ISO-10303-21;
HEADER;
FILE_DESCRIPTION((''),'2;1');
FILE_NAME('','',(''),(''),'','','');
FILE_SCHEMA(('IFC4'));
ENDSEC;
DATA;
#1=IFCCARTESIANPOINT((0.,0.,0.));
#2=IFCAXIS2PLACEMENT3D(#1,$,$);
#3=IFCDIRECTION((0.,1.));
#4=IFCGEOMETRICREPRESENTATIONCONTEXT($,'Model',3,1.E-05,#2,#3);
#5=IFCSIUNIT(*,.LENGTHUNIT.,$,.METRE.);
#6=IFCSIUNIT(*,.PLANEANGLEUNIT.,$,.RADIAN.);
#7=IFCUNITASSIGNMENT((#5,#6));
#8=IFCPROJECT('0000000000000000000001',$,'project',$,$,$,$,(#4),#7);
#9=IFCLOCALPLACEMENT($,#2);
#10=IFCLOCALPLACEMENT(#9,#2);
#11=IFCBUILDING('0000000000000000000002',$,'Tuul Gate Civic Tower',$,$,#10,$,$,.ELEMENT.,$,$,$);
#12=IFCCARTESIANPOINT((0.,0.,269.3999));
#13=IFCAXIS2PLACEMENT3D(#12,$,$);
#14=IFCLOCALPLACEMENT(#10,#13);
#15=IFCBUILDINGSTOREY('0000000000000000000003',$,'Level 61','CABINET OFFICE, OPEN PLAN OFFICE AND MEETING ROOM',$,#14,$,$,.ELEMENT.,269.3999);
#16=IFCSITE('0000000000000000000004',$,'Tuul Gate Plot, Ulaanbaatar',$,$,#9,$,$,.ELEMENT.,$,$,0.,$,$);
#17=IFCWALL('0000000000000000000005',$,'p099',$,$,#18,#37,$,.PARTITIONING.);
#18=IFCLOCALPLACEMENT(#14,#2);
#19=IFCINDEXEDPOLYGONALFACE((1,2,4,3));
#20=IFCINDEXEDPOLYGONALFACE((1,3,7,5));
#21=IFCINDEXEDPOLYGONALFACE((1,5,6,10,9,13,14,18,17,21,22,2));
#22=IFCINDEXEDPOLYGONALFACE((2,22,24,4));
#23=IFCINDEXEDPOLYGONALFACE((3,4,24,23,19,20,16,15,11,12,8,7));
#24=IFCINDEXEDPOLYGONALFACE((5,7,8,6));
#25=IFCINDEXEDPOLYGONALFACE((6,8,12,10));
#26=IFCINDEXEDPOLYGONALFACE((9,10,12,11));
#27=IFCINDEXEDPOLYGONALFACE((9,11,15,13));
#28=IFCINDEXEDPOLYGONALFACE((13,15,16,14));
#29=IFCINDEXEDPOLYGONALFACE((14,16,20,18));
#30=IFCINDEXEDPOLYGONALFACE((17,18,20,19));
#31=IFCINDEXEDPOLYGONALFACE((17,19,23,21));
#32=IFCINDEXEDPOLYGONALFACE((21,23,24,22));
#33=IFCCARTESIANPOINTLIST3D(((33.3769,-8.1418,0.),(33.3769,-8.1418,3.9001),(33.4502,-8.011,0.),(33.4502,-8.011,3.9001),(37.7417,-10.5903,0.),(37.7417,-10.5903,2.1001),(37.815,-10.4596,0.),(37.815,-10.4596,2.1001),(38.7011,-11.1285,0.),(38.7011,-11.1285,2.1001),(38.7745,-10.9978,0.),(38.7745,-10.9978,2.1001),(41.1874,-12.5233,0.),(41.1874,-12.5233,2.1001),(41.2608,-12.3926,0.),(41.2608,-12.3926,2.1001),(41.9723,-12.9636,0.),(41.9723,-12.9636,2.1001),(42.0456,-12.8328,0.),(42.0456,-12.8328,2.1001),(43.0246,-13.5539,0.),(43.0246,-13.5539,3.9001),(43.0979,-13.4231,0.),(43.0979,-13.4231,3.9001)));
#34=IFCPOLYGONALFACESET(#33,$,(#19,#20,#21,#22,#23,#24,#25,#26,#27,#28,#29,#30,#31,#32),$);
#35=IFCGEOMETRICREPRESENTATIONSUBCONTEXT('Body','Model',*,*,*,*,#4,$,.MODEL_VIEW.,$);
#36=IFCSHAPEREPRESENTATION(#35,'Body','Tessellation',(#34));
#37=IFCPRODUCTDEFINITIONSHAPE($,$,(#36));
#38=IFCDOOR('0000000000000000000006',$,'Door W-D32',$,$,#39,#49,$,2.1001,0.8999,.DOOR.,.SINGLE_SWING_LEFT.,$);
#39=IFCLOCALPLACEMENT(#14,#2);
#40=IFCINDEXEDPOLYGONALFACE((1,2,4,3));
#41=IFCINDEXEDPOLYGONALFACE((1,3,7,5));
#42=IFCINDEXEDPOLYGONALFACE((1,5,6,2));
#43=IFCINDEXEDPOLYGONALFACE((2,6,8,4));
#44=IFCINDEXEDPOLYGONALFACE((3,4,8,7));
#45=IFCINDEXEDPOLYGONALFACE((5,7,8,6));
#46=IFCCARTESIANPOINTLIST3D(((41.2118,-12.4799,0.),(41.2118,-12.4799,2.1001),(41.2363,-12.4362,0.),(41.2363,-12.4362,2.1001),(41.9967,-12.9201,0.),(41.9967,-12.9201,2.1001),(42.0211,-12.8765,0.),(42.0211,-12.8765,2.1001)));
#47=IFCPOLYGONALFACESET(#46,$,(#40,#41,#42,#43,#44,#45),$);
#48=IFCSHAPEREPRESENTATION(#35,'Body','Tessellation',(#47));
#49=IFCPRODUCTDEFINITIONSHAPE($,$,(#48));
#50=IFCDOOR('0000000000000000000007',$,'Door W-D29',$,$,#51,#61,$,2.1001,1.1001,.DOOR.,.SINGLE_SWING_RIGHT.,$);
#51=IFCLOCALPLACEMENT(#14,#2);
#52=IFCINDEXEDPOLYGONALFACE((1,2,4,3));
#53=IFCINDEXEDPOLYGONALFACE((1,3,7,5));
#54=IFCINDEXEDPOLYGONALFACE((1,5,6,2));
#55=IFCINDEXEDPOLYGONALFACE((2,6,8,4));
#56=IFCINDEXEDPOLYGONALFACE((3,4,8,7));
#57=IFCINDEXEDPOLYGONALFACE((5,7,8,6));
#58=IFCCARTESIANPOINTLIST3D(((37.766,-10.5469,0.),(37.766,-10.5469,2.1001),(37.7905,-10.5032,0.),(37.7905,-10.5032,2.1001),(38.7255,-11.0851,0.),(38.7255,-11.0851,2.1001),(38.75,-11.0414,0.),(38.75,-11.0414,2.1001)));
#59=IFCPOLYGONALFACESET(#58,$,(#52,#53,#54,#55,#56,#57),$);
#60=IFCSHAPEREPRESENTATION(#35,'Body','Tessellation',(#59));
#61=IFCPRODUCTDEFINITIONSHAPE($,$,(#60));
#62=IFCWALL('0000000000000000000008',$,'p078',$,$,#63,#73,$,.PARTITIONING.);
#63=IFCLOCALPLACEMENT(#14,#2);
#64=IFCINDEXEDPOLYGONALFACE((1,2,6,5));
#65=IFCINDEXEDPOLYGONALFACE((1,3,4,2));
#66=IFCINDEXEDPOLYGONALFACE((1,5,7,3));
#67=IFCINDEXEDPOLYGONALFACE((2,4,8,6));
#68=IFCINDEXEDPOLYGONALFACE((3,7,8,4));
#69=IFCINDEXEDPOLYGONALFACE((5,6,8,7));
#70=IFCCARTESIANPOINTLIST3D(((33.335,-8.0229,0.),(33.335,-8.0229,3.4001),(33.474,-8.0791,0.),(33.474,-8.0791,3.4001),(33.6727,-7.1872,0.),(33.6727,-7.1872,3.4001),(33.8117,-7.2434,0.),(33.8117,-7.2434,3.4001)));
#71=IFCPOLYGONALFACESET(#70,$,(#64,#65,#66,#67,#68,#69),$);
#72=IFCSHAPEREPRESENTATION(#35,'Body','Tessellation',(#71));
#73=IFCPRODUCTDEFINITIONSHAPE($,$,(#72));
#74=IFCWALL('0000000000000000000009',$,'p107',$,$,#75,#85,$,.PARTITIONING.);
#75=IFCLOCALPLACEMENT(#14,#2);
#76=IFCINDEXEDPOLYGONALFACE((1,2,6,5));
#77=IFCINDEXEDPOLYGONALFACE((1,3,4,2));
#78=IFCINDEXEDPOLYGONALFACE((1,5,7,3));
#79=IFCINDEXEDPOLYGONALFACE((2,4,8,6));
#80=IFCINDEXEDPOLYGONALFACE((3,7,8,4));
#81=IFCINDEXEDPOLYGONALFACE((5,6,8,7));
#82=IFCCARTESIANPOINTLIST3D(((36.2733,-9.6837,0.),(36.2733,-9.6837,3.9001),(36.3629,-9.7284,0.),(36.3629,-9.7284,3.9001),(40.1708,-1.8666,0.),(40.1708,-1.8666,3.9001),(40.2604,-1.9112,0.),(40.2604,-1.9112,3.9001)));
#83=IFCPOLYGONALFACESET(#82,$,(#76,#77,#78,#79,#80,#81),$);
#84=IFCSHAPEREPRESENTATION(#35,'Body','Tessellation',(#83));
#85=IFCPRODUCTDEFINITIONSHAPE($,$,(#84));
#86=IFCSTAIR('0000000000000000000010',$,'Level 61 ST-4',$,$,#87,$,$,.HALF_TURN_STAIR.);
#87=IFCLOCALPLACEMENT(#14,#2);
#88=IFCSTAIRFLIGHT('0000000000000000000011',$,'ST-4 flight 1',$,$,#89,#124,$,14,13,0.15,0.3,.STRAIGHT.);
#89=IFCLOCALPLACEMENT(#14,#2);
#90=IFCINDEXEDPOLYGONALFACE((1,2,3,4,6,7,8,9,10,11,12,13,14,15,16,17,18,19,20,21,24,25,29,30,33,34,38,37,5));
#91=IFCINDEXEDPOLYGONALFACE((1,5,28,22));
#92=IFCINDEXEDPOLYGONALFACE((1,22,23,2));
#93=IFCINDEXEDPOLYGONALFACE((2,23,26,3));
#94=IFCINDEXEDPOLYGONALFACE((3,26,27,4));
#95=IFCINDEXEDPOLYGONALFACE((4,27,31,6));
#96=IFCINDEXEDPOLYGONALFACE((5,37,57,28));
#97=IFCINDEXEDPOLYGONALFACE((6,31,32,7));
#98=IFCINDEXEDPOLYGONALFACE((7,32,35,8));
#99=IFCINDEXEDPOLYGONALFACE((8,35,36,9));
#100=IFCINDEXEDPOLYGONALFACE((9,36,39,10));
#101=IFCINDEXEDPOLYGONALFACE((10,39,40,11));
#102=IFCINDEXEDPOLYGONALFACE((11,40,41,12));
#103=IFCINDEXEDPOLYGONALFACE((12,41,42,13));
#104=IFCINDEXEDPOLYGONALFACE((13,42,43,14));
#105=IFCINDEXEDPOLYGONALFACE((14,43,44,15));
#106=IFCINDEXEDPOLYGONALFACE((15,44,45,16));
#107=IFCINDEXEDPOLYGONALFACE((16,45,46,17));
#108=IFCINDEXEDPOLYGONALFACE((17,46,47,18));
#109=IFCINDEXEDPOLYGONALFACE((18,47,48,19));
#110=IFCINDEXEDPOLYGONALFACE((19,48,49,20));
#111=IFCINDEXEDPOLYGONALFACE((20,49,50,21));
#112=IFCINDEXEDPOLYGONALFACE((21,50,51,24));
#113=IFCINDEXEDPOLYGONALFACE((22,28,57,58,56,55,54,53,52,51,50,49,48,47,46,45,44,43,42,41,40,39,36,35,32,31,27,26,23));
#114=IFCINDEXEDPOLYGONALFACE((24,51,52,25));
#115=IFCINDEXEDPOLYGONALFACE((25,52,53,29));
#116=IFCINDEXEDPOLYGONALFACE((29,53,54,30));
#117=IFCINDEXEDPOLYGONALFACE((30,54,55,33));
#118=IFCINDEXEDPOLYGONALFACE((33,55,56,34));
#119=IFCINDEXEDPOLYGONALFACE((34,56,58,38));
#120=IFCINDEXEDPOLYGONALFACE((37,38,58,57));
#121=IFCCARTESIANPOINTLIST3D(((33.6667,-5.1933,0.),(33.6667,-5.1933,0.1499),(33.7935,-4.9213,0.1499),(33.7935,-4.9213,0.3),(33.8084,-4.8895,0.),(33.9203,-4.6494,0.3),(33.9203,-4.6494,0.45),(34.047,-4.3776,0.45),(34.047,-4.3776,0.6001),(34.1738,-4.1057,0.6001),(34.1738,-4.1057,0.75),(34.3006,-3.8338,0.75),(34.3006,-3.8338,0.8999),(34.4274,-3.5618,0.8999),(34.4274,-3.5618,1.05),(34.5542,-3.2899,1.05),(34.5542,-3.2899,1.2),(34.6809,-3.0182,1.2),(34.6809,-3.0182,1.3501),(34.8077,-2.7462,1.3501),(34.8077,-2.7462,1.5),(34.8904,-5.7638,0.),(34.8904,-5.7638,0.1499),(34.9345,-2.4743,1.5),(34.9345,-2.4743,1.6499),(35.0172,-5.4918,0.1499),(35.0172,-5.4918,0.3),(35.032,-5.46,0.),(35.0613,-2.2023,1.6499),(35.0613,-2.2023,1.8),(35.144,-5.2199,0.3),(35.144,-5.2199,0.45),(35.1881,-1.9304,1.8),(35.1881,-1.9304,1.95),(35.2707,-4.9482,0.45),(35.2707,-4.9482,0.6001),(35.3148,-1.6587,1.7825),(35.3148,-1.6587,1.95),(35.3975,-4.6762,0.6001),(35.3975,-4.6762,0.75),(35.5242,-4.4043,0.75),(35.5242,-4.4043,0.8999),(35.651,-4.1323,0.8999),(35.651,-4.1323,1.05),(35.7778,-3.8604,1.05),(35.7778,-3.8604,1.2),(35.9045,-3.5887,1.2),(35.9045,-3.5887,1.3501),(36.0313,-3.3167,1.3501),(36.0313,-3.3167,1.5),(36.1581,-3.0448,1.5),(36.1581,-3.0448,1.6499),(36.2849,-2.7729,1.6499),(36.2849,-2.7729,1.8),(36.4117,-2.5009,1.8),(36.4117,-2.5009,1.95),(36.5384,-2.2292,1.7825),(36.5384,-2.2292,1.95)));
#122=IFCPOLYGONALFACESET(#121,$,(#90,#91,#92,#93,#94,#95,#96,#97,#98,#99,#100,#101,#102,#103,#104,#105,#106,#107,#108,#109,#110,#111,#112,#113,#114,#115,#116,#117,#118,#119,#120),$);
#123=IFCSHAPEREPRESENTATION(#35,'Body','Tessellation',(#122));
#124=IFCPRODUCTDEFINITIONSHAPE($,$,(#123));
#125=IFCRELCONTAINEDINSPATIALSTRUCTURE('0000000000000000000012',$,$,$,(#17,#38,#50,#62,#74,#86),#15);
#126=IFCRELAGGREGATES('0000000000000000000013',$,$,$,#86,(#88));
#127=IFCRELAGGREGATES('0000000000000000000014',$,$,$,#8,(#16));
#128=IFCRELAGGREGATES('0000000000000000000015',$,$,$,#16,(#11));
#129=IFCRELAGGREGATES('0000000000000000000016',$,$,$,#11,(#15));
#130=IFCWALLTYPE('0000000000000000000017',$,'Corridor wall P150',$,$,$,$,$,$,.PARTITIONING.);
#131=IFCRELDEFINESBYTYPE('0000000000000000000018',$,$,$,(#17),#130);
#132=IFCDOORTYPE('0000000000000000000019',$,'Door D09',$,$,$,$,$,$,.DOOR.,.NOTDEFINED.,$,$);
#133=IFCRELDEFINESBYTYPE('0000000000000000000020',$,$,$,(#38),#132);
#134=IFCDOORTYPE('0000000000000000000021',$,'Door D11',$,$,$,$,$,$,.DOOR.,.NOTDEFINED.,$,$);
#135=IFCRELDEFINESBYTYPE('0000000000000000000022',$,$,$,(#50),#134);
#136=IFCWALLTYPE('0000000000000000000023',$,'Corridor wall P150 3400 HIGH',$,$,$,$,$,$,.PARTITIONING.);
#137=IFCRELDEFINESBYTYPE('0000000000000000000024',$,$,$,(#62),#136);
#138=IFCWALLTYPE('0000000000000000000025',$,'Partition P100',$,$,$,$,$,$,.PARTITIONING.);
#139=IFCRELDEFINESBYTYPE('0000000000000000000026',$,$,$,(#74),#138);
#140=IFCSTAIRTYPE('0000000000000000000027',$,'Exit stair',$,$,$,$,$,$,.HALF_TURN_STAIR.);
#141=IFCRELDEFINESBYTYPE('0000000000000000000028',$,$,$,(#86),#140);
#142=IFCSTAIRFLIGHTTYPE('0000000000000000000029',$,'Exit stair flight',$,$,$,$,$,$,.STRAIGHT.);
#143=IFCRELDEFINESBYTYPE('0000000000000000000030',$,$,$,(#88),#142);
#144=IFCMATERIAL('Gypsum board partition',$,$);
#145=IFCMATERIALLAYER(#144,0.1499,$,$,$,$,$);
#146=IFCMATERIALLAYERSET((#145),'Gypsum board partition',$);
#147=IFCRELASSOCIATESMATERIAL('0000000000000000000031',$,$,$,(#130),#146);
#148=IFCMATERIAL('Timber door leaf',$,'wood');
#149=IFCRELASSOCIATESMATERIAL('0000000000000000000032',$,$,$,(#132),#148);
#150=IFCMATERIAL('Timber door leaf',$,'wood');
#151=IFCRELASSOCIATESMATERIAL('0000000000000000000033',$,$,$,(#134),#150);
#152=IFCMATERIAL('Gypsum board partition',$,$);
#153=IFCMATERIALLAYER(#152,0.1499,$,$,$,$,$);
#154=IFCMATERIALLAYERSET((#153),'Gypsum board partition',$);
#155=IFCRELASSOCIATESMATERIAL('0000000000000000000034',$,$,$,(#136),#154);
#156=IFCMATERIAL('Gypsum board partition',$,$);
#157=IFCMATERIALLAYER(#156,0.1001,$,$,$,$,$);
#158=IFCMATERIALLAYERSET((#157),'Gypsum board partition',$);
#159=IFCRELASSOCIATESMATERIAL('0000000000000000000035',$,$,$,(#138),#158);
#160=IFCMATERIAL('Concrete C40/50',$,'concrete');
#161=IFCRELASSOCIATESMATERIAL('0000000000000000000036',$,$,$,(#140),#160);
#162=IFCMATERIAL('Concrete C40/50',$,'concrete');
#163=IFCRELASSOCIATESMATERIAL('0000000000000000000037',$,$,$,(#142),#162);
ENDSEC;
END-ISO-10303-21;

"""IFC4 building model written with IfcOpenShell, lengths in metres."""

from ifc_helpers import new_model, si_unit, direction, frame, frame_2d, origin, place, context, subcontext, project, spatial, polyline, rectangle, outline, extrude, material, layer, layer_set, type_object, element, fill, aggregate, save


model = new_model("IFC4")

# Units and contexts
model_context = context("Model", 3, precision=1e-05, world=origin(), true_north=direction((0.0, 1.0)))
body_context = subcontext(model_context, "Body", "Model", "MODEL_VIEW")
ifc_project = project(units=[si_unit("LENGTHUNIT", "METRE"), si_unit("PLANEANGLEUNIT", "RADIAN")], contexts=[model_context])

# Site, building, storey
site_placement = place(None, origin())
site = spatial("IfcSite", under=ifc_project, at=site_placement, Name="Tuul Gate Plot, Ulaanbaatar", CompositionType="ELEMENT", RefElevation=0.0)
building_placement = place(site_placement, origin())
building = spatial("IfcBuilding", under=site, at=building_placement, Name="Tuul Gate Civic Tower", CompositionType="ELEMENT")
storey_placement = place(building_placement, frame((0.0, 0.0, 269.3999)))
storey = spatial("IfcBuildingStorey", under=building, at=storey_placement, Name="Level 61", Description="CABINET OFFICE, OPEN PLAN OFFICE AND MEETING ROOM", CompositionType="ELEMENT", Elevation=269.3999)

# Shared definitions
ifc_material_1 = material(Name="Gypsum board partition")
ifc_layer_1 = layer(ifc_material_1, 0.1499)
ifc_layer_set_1 = layer_set([ifc_layer_1], Name="Gypsum board partition")
wall_type_1 = type_object("IfcWallType", Name="Corridor wall P150", PredefinedType="PARTITIONING", material=ifc_layer_set_1)

# Wall, openings, doors
wall_1_placement = place(storey_placement, frame((33.4136, -8.0764, 0.0), z_axis=(0.0, 0.0, 1.0), x_axis=(0.872144, -0.48925, 0.0)))
wall_1 = element("IfcWall", 1, at=wall_1_placement, inside=storey, type_object=wall_type_1, Name="p099", PredefinedType="PARTITIONING", context=body_context, shape_type="SweptSolid", body=[
    extrude(rectangle(XDim=11.062, YDim=0.1499, at=frame_2d((5.531, 0.0))), origin(), (0.0, 0.0, 1.0), 3.9001),
])
opening_1_placement = place(wall_1_placement, frame((5.0046, 0.0, 0.0)))
opening_1 = element("IfcOpeningElement", 2, at=opening_1_placement, cuts=wall_1, PredefinedType="OPENING", context=body_context, shape_type="SweptSolid", body=[
    extrude(rectangle(XDim=1.1001, YDim=2.1001, at=frame_2d((0.55, 1.05))), frame((0.0, 0.085, 0.0), z_axis=(0.0, -1.0, 0.0), x_axis=(1.0, 0.0, 0.0)), (0.0, 0.0, 1.0), 0.1699),
])
opening_2_placement = place(wall_1_placement, frame((8.9556, 0.0, 0.0)))
opening_2 = element("IfcOpeningElement", 3, at=opening_2_placement, cuts=wall_1, PredefinedType="OPENING", context=body_context, shape_type="SweptSolid", body=[
    extrude(rectangle(XDim=0.8999, YDim=2.1001, at=frame_2d((0.45, 1.05))), frame((0.0, 0.085, 0.0), z_axis=(0.0, -1.0, 0.0), x_axis=(1.0, 0.0, 0.0)), (0.0, 0.0, 1.0), 0.1699),
])
ifc_material_2 = material(Name="Timber door leaf", Category="wood")
door_type_1 = type_object("IfcDoorType", Name="Door D09", OperationType="NOTDEFINED", PredefinedType="DOOR", material=ifc_material_2)
door_1_placement = place(opening_2_placement, origin())
door_1 = element("IfcDoor", 4, at=door_1_placement, inside=storey, type_object=door_type_1, Name="Door W-D32", OperationType="SINGLE_SWING_LEFT", OverallHeight=2.1001, OverallWidth=0.8999, PredefinedType="DOOR", context=body_context, shape_type="SweptSolid", body=[
    extrude(rectangle(XDim=0.8999, YDim=2.1001, at=frame_2d((0.45, 1.05))), frame((0.0, 0.0249, 0.0), z_axis=(0.0, -1.0, 0.0), x_axis=(1.0, 0.0, 0.0)), (0.0, 0.0, 1.0), 0.05),
])
fill(opening_2, door_1)
ifc_material_3 = material(Name="Timber door leaf", Category="wood")
door_type_2 = type_object("IfcDoorType", Name="Door D11", OperationType="NOTDEFINED", PredefinedType="DOOR", material=ifc_material_3)
door_2_placement = place(opening_1_placement, origin())
door_2 = element("IfcDoor", 5, at=door_2_placement, inside=storey, type_object=door_type_2, Name="Door W-D29", OperationType="SINGLE_SWING_RIGHT", OverallHeight=2.1001, OverallWidth=1.1001, PredefinedType="DOOR", context=body_context, shape_type="SweptSolid", body=[
    extrude(rectangle(XDim=1.1001, YDim=2.1001, at=frame_2d((0.55, 1.05))), frame((0.0, 0.0249, 0.0), z_axis=(0.0, -1.0, 0.0), x_axis=(1.0, 0.0, 0.0)), (0.0, 0.0, 1.0), 0.05),
])
fill(opening_1, door_2)

# Walls
ifc_material_4 = material(Name="Gypsum board partition")
ifc_layer_2 = layer(ifc_material_4, 0.1499)
ifc_layer_set_2 = layer_set([ifc_layer_2], Name="Gypsum board partition")
wall_type_2 = type_object("IfcWallType", Name="Corridor wall P150 3400 HIGH", PredefinedType="PARTITIONING", material=ifc_layer_set_2)
wall_2_placement = place(storey_placement, frame((33.4045, -8.051, 0.0), z_axis=(0.0, 0.0, 1.0), x_axis=(0.374611, 0.927182, 0.0)))
element("IfcWall", 6, at=wall_2_placement, inside=storey, type_object=wall_type_2, Name="p078", PredefinedType="PARTITIONING", context=body_context, shape_type="SweptSolid", body=[
    extrude(rectangle(XDim=0.9014, YDim=0.1499, at=frame_2d((0.4507, 0.0))), origin(), (0.0, 0.0, 1.0), 3.4001),
])
ifc_material_5 = material(Name="Gypsum board partition")
ifc_layer_3 = layer(ifc_material_5, 0.1001)
ifc_layer_set_3 = layer_set([ifc_layer_3], Name="Gypsum board partition")
wall_type_3 = type_object("IfcWallType", Name="Partition P100", PredefinedType="PARTITIONING", material=ifc_layer_set_3)
wall_3_placement = place(storey_placement, frame((36.3181, -9.7061, 0.0), z_axis=(0.0, 0.0, 1.0), x_axis=(0.446196, 0.894935, 0.0)))
element("IfcWall", 7, at=wall_3_placement, inside=storey, type_object=wall_type_3, Name="p107", PredefinedType="PARTITIONING", context=body_context, shape_type="SweptSolid", body=[
    extrude(rectangle(XDim=8.7349, YDim=0.1001, at=frame_2d((4.3674, 0.0))), origin(), (0.0, 0.0, 1.0), 3.9001),
])

# Stair, stair flight
ifc_material_6 = material(Name="Concrete C40/50", Category="concrete")
stair_type = type_object("IfcStairType", Name="Exit stair", PredefinedType="HALF_TURN_STAIR", material=ifc_material_6)
stair_placement = place(storey_placement, origin())
stair = element("IfcStair", 8, at=stair_placement, inside=storey, type_object=stair_type, Name="Level 61 ST-4", PredefinedType="HALF_TURN_STAIR")
ifc_material_7 = material(Name="Concrete C40/50", Category="concrete")
stair_flight_type = type_object("IfcStairFlightType", Name="Exit stair flight", PredefinedType="STRAIGHT", material=ifc_material_7)
stair_flight_placement = place(storey_placement, frame((34.2786, -5.4785, 0.0), z_axis=(0.0, 0.0, 1.0), x_axis=(0.422576, 0.906327, 0.0)))
stair_flight = element("IfcStairFlight", 9, at=stair_flight_placement, type_object=stair_flight_type, Name="ST-4 flight 1", NumberOfRisers=14, NumberOfTreads=13, PredefinedType="STRAIGHT", RiserHeight=0.15, TreadLength=0.3, context=body_context, shape_type="SweptSolid", body=[
    extrude(outline(polyline([(0.0, 0.0), (0.0, 0.1499), (0.3, 0.1499), (0.3, 0.3), (0.6001, 0.3), (0.6001, 0.45), (0.8999, 0.45), (0.8999, 0.6001), (1.2, 0.6001), (1.2, 0.75), (1.5, 0.75), (1.5, 0.8999), (1.8, 0.8999), (1.8, 1.05), (2.1001, 1.05), (2.1001, 1.2), (2.3999, 1.2), (2.3999, 1.3501), (2.7, 1.3501), (2.7, 1.5), (3.0, 1.5), (3.0, 1.6499), (3.3, 1.6499), (3.3, 1.8), (3.6001, 1.8), (3.6001, 1.95), (3.8999, 1.95), (3.8999, 2.1001), (3.8999, 1.7825), (0.3352, 0.0), (0.0, 0.0)])), frame((0.0, 0.675, 0.0), z_axis=(0.0, -1.0, 0.0), x_axis=(1.0, 0.0, 0.0)), (0.0, 0.0, 1.0), 1.3501),
])
aggregate(stair, [stair_flight])

save(model, "model.ifc")
